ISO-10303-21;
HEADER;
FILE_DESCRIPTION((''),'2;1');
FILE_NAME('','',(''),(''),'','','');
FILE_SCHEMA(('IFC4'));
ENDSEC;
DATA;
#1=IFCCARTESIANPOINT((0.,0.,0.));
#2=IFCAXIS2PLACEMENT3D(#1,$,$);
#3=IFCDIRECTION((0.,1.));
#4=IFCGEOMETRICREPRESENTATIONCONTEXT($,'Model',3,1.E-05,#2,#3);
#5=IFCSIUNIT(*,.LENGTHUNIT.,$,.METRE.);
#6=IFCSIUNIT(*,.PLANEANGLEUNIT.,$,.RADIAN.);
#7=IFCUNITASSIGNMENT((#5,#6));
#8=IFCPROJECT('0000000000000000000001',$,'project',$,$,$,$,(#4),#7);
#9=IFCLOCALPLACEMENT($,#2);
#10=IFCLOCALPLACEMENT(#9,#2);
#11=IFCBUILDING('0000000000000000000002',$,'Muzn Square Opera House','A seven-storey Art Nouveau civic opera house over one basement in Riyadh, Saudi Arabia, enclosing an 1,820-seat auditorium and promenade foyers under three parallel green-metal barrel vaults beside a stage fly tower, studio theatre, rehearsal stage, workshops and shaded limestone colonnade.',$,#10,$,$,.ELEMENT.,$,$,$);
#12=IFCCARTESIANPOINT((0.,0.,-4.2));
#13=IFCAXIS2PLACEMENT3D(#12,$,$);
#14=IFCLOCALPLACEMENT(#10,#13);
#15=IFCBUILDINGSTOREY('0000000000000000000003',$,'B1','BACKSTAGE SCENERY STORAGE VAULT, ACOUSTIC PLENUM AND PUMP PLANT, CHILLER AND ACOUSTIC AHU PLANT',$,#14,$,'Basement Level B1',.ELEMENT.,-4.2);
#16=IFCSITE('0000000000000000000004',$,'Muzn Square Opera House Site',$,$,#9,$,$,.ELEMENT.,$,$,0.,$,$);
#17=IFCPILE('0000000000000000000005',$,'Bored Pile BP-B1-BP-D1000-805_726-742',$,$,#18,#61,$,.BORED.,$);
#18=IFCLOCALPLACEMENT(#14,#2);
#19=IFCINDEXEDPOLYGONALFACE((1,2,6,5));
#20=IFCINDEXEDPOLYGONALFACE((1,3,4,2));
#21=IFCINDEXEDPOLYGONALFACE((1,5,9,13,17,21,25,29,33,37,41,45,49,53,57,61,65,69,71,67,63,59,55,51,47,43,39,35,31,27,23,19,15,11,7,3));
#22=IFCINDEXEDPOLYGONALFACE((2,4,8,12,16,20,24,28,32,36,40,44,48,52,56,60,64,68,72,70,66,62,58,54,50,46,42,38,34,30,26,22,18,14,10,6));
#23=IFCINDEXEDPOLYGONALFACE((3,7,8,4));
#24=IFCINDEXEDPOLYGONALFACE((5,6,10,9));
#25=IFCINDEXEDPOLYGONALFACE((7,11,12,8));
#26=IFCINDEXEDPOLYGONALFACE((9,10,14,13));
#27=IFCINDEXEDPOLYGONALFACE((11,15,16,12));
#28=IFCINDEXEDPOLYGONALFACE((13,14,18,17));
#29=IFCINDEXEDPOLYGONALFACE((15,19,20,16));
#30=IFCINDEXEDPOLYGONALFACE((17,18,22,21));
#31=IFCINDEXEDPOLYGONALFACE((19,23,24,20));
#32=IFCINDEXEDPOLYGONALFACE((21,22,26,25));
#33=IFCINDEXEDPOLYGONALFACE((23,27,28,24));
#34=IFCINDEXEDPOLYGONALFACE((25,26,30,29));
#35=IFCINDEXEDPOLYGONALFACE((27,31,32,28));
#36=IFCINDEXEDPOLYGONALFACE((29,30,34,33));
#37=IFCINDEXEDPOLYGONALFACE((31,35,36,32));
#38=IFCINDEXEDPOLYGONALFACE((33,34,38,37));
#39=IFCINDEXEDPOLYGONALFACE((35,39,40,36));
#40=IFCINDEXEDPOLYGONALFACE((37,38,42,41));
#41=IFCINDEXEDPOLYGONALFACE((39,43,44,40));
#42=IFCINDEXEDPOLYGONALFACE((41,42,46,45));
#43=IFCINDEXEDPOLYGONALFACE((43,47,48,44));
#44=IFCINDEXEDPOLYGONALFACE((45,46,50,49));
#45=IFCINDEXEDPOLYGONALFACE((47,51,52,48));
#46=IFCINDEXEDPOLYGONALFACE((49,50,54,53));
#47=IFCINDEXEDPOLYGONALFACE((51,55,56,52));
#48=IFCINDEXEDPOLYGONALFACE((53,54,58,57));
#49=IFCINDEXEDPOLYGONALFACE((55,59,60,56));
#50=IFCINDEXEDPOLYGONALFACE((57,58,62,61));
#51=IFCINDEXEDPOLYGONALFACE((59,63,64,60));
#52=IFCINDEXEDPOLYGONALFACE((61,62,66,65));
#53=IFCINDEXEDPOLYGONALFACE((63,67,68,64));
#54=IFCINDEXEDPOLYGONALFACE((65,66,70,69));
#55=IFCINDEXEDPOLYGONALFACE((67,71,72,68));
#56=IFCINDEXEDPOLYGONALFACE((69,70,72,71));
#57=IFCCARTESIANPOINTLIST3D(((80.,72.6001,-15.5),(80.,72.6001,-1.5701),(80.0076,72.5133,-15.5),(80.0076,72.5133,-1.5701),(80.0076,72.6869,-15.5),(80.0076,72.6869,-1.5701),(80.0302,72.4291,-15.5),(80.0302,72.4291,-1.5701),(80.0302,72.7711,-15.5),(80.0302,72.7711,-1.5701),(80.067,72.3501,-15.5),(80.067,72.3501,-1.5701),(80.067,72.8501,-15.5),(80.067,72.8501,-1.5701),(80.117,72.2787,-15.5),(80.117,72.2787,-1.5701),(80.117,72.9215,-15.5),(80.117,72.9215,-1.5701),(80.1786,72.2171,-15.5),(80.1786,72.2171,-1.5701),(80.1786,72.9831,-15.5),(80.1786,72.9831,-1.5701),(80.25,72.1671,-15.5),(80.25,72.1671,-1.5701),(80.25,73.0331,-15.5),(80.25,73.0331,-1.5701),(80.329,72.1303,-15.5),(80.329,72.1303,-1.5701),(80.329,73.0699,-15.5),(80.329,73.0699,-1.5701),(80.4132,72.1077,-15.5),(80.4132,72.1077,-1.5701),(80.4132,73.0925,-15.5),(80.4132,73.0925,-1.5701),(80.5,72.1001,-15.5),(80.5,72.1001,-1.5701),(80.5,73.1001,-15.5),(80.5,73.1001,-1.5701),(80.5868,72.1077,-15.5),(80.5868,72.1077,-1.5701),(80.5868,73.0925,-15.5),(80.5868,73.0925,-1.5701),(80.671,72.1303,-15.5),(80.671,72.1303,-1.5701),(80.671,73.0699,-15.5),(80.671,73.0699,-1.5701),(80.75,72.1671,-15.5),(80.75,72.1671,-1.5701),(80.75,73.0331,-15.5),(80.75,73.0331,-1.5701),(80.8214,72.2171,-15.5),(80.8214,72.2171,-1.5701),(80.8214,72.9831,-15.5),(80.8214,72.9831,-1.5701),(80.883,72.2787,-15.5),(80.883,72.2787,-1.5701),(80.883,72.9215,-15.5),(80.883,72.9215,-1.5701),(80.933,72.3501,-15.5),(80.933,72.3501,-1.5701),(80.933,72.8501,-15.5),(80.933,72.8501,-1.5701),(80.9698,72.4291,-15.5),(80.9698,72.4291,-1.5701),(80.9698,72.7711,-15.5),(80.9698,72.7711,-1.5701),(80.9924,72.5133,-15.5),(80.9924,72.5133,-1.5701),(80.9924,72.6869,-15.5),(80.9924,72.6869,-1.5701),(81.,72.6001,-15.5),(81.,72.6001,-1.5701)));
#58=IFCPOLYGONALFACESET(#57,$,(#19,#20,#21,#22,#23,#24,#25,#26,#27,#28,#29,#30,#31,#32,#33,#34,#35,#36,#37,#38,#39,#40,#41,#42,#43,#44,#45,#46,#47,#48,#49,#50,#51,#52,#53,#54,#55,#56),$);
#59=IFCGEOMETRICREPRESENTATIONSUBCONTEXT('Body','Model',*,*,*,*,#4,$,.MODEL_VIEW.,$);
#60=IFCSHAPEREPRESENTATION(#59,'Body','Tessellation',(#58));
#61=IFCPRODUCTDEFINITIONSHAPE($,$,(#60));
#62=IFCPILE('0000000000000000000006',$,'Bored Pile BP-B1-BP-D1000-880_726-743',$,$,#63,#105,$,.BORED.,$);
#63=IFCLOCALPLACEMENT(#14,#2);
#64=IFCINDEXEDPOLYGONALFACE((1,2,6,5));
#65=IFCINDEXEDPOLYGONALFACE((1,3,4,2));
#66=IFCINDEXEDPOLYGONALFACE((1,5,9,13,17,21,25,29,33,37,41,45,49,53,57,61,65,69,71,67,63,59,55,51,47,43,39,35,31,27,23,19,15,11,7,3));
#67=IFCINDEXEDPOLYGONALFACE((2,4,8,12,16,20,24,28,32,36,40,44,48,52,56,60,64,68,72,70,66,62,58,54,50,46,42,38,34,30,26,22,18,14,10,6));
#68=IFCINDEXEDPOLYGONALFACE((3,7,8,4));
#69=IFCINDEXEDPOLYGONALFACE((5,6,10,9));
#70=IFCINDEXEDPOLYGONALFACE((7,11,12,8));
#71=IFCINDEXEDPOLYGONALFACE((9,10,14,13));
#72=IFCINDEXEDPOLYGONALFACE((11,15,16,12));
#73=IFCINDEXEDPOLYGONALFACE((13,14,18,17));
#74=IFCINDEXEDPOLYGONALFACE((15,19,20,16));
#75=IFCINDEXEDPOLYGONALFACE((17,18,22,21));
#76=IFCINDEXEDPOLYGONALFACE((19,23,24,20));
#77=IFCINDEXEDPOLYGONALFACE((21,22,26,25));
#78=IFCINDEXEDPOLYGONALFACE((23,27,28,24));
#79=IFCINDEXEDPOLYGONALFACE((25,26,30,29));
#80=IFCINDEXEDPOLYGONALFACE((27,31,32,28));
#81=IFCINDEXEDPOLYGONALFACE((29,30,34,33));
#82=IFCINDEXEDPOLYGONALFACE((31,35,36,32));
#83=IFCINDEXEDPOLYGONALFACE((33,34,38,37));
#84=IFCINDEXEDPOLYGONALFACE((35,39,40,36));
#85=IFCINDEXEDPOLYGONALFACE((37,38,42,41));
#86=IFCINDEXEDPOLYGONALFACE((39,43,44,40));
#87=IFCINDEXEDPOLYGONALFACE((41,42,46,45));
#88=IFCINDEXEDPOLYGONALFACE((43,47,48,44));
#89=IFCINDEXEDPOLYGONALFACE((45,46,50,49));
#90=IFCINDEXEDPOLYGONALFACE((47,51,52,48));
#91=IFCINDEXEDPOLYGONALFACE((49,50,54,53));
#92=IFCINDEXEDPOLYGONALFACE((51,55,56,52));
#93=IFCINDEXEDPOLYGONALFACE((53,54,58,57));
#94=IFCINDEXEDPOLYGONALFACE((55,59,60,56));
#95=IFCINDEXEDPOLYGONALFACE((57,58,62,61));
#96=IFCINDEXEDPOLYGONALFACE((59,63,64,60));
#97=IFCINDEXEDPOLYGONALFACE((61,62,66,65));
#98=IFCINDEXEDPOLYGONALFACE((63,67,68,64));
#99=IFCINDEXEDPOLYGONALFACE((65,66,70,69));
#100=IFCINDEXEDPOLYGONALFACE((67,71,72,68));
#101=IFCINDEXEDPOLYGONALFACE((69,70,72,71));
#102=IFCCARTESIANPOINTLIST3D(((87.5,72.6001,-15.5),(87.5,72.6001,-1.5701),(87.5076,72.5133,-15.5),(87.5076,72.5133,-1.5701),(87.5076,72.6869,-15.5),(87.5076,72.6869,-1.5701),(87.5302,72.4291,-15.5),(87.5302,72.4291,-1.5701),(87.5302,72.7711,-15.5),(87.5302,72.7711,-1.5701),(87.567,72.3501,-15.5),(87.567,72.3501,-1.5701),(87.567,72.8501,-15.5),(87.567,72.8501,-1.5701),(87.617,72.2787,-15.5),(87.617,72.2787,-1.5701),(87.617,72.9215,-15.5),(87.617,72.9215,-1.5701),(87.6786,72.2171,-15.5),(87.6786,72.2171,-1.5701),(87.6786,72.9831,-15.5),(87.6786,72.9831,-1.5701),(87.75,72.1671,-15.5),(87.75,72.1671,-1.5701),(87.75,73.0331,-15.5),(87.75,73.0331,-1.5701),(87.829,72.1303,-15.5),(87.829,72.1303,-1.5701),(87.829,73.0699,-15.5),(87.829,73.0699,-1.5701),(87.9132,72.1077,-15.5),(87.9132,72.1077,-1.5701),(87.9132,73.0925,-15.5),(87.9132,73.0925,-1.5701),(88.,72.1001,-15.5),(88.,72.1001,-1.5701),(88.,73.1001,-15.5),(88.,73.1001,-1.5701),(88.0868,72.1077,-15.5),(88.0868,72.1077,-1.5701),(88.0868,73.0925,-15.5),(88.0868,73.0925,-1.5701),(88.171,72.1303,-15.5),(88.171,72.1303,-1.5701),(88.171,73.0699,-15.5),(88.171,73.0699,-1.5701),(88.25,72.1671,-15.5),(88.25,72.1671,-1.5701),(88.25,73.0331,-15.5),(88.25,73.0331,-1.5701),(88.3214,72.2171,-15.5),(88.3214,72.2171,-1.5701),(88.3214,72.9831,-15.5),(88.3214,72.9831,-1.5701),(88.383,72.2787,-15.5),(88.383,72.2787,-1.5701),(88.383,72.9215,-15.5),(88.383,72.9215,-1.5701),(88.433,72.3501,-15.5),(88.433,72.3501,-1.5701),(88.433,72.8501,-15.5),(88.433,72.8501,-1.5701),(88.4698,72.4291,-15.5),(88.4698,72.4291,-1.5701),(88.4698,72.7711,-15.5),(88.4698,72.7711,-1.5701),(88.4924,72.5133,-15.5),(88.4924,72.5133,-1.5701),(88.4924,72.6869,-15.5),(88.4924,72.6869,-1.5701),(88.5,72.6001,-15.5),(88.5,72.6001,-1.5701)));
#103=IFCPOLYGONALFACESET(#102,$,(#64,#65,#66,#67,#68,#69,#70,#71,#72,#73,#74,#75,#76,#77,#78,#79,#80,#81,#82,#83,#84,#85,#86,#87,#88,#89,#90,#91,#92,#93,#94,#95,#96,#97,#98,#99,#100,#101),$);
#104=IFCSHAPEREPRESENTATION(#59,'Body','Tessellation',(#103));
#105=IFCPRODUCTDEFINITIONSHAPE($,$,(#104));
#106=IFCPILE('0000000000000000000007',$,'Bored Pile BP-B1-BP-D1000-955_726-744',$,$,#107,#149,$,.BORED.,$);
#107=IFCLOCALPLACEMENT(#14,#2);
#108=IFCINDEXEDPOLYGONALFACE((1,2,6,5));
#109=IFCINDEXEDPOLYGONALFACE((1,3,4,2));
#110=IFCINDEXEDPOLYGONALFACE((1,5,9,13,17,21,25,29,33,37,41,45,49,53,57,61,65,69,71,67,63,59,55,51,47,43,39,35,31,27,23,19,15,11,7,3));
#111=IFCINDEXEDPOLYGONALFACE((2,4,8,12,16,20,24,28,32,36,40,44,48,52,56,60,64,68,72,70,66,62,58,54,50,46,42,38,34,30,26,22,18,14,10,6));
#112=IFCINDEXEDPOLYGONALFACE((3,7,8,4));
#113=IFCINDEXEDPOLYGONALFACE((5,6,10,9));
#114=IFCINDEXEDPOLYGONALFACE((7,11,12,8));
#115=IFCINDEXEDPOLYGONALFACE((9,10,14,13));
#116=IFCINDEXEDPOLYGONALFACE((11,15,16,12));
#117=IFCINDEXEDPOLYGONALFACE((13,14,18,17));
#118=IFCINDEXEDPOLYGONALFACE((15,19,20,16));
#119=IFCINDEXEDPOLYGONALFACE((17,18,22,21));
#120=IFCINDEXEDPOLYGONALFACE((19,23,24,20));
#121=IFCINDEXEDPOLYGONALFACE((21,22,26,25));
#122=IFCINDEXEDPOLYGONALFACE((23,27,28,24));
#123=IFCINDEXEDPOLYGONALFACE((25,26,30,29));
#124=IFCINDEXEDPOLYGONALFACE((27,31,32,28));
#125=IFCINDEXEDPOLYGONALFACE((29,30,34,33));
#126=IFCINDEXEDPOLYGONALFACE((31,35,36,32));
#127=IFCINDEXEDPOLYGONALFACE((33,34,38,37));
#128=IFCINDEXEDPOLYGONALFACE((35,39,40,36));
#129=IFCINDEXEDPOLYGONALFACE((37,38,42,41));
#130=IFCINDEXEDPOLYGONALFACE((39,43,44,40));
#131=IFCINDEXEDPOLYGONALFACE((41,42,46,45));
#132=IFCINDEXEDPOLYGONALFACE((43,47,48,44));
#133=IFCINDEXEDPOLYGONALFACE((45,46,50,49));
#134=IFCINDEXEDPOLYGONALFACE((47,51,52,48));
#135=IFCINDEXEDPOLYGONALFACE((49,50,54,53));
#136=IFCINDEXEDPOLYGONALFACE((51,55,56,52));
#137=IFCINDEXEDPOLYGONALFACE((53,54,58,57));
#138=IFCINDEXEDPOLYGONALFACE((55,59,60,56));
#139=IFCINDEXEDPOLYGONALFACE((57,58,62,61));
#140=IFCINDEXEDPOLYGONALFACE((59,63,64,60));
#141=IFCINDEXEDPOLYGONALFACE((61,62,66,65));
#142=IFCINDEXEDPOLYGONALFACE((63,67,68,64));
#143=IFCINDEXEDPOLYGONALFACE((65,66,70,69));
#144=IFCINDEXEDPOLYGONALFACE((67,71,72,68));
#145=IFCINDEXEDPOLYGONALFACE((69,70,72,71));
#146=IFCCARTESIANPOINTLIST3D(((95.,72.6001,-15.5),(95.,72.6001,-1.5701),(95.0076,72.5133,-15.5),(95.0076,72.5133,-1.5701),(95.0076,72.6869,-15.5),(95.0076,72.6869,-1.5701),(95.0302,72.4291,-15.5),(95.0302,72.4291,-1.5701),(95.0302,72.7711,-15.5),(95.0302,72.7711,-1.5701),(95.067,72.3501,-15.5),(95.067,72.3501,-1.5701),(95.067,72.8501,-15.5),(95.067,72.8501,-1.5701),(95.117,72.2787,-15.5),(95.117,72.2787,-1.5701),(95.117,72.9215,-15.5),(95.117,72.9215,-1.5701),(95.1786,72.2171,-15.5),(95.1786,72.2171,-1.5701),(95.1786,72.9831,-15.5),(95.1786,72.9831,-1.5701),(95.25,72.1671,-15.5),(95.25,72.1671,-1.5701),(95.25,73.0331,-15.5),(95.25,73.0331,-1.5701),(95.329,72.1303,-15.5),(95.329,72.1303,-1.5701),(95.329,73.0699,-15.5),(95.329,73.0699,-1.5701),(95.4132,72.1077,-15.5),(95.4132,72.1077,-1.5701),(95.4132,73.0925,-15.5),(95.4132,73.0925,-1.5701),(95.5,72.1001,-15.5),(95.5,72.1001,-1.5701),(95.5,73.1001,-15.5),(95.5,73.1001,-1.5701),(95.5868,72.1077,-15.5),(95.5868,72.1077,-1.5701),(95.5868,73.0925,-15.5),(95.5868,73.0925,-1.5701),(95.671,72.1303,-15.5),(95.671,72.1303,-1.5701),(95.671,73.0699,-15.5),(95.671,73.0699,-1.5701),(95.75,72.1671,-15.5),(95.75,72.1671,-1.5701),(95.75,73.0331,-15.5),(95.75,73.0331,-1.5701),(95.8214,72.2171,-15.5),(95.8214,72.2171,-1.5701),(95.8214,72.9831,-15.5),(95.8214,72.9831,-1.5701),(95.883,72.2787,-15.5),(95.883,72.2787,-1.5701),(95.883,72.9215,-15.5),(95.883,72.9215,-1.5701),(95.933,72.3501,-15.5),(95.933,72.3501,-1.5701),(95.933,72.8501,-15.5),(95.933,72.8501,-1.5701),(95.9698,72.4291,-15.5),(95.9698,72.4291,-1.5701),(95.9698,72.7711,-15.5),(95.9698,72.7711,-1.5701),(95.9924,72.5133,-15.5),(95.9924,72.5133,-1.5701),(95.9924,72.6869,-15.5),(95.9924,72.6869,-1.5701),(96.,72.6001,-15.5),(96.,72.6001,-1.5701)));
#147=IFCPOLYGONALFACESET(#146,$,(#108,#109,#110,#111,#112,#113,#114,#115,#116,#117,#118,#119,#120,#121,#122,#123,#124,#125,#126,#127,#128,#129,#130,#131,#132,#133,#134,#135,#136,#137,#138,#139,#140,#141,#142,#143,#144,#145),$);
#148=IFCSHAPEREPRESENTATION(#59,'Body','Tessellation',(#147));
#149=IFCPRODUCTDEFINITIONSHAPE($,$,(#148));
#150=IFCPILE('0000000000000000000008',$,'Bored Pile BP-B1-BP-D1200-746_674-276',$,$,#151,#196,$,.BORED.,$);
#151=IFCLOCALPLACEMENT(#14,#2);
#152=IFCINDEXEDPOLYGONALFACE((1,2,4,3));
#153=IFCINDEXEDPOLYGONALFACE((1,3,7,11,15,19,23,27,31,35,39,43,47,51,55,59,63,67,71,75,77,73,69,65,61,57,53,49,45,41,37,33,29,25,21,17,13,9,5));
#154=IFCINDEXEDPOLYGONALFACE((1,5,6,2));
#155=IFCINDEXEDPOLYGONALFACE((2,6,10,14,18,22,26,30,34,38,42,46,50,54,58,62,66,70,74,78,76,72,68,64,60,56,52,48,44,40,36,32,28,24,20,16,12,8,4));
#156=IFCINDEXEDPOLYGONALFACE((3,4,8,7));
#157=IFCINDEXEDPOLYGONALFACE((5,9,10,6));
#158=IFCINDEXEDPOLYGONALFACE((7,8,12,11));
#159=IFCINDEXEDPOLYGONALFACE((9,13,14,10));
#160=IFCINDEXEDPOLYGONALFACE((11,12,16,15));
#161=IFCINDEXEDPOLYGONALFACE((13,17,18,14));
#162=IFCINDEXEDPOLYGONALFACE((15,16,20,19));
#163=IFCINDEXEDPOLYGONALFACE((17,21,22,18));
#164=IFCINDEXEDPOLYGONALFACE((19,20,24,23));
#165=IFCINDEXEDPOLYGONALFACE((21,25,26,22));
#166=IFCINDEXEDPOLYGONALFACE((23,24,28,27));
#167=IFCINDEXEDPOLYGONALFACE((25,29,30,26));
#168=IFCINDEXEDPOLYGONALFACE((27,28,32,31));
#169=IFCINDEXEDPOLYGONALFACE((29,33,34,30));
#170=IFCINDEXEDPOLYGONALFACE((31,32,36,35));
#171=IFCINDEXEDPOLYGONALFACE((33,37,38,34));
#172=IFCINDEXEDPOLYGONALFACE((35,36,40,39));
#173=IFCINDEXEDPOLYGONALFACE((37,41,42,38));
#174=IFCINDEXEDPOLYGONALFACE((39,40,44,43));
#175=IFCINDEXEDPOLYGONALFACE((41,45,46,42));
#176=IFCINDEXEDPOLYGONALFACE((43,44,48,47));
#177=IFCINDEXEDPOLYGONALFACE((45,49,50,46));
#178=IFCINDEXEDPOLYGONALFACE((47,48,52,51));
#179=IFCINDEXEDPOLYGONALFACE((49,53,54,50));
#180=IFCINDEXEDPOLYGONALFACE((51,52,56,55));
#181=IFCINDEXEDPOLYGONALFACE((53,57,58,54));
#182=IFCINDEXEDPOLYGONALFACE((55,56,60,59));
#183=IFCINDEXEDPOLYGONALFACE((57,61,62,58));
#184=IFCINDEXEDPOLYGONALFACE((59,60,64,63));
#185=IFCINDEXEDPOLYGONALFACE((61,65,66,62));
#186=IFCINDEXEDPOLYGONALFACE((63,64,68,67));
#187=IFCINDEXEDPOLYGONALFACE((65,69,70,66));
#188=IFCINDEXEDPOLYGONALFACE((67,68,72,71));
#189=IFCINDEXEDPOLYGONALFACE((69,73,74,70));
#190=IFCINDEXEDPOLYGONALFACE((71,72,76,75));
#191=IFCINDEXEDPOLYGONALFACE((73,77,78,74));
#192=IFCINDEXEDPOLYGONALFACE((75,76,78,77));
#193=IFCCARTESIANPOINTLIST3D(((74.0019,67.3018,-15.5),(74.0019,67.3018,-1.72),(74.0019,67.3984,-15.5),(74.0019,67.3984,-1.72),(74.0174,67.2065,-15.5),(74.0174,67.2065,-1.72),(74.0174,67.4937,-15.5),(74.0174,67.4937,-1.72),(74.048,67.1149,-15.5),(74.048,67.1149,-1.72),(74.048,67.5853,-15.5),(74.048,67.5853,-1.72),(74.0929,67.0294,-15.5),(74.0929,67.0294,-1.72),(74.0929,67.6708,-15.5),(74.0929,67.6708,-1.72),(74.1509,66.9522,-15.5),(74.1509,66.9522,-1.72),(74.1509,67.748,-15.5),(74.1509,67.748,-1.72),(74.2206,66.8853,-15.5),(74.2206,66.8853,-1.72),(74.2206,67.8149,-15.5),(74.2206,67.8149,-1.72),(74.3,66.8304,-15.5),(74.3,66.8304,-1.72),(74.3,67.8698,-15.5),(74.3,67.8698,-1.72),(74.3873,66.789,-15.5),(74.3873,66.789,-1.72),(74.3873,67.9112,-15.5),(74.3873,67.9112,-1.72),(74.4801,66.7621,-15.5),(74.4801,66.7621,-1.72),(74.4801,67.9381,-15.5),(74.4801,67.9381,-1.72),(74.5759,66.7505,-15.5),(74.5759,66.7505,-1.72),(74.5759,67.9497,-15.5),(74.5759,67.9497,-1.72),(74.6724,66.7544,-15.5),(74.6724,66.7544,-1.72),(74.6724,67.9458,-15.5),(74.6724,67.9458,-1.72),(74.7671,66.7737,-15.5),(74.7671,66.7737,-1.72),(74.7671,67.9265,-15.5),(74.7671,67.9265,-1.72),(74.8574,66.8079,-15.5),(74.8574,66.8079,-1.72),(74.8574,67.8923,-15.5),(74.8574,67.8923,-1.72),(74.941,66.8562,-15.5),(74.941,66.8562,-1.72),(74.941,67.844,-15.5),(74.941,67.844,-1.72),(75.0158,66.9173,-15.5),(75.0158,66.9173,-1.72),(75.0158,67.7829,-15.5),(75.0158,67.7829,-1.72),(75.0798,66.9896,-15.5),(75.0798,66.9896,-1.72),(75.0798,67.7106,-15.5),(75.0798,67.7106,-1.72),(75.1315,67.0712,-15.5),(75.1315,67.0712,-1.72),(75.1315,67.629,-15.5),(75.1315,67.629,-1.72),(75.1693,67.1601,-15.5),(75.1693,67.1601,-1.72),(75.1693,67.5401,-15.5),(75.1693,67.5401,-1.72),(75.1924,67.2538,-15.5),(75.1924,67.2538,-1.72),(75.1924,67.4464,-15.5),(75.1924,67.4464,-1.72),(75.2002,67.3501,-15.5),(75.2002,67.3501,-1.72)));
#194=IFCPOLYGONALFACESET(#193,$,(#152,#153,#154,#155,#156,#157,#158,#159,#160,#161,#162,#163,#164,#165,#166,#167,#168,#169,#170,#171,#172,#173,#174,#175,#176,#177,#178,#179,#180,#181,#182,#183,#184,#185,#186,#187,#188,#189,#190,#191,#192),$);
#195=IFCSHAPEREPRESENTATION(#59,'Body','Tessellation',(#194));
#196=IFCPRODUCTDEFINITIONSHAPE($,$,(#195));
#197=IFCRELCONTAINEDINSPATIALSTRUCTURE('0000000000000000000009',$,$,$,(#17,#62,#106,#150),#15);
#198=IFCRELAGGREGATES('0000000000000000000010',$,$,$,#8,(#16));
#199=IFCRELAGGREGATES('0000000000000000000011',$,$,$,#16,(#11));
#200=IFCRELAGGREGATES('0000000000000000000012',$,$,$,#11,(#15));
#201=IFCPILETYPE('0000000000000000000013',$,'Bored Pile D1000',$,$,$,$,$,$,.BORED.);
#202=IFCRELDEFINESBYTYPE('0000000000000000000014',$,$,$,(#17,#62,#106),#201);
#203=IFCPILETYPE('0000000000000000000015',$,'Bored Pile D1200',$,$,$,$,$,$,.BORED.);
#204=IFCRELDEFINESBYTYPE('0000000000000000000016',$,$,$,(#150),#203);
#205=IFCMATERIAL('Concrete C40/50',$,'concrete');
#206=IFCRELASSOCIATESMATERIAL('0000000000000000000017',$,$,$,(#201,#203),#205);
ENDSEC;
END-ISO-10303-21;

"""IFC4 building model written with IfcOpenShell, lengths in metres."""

from ifc_helpers import new_model, si_unit, direction, frame, origin, origin_2d, place, context, subcontext, project, spatial, circle, extrude, material, material_profile, profile_set, type_object, element, save


model = new_model("IFC4")

# Units and contexts
model_context = context("Model", 3, precision=1e-05, world=origin(), true_north=direction((0.0, 1.0)))
body_context = subcontext(model_context, "Body", "Model", "MODEL_VIEW")
ifc_project = project(units=[si_unit("LENGTHUNIT", "METRE"), si_unit("PLANEANGLEUNIT", "RADIAN")], contexts=[model_context])

# Site, building, storey
site_placement = place(None, origin())
site = spatial("IfcSite", under=ifc_project, at=site_placement, Name="Muzn Square Opera House Site", CompositionType="ELEMENT", RefElevation=0.0)
building_placement = place(site_placement, origin())
building = spatial("IfcBuilding", under=site, at=building_placement, Name="Muzn Square Opera House", Description="A seven-storey Art Nouveau civic opera house over one basement in Riyadh, Saudi Arabia, enclosing an 1,820-seat auditorium and promenade foyers under three parallel green-metal barrel vaults beside a stage fly tower, studio theatre, rehearsal stage, workshops and shaded limestone colonnade.", CompositionType="ELEMENT")
storey_placement = place(building_placement, frame((0.0, 0.0, -4.2)))
storey = spatial("IfcBuildingStorey", under=building, at=storey_placement, Name="B1", Description="BACKSTAGE SCENERY STORAGE VAULT, ACOUSTIC PLENUM AND PUMP PLANT, CHILLER AND ACOUSTIC AHU PLANT", LongName="Basement Level B1", CompositionType="ELEMENT", Elevation=-4.2)

# Piles
ifc_material_1 = material(Name="Concrete C40/50", Category="concrete")
ifc_material_profile_1 = material_profile(ifc_material_1, circle(Radius=0.5, at=origin_2d()), Name="BORED PILE D1000", Category="concrete")
ifc_profile_set_1 = profile_set([ifc_material_profile_1], Name="Concrete C40/50")
pile_type_1 = type_object("IfcPileType", Name="Bored Pile D1000", PredefinedType="BORED", material=ifc_profile_set_1)
for number, where, z_axis, x_axis, name in (
    (1, (80.5, 72.6001, -1.5701), (0.0, 0.0, -1.0), (1.0, 0.0, 0.0), "Bored Pile BP-B1-BP-D1000-805_726-742"),
    (2, (88.0, 72.6001, -1.5701), (0.0, 0.0, -1.0), (1.0, 0.0, 0.0), "Bored Pile BP-B1-BP-D1000-880_726-743"),
    (3, (95.5, 72.6001, -1.5701), (0.0, 0.0, -1.0), (1.0, 0.0, 0.0), "Bored Pile BP-B1-BP-D1000-955_726-744"),
):
    element("IfcPile", number, at=place(storey_placement, frame(where, z_axis=z_axis, x_axis=x_axis)), inside=storey, type_object=pile_type_1, Name=name, PredefinedType="BORED", context=body_context, shape_type="SweptSolid", body=[
        extrude(circle(Radius=0.5, at=origin_2d()), origin(), (0.0, 0.0, 1.0), 13.9299),
    ])
ifc_material_profile_2 = material_profile(ifc_material_1, circle(Radius=0.6001, at=origin_2d()), Name="BORED PILE D1200", Category="concrete")
ifc_profile_set_2 = profile_set([ifc_material_profile_2], Name="Concrete C40/50")
pile_type_2 = type_object("IfcPileType", Name="Bored Pile D1200", PredefinedType="BORED", material=ifc_profile_set_2)
for number, where, z_axis, x_axis, name in (
    (4, (74.6001, 67.3501, -1.72), (0.0, 0.0, -1.0), (1.0, 0.0, 0.0), "Bored Pile BP-B1-BP-D1200-746_674-276"),
):
    element("IfcPile", number, at=place(storey_placement, frame(where, z_axis=z_axis, x_axis=x_axis)), inside=storey, type_object=pile_type_2, Name=name, PredefinedType="BORED", context=body_context, shape_type="SweptSolid", body=[
        extrude(circle(Radius=0.6001, at=origin_2d()), origin(), (0.0, 0.0, 1.0), 13.78),
    ])

save(model, "model.ifc")
